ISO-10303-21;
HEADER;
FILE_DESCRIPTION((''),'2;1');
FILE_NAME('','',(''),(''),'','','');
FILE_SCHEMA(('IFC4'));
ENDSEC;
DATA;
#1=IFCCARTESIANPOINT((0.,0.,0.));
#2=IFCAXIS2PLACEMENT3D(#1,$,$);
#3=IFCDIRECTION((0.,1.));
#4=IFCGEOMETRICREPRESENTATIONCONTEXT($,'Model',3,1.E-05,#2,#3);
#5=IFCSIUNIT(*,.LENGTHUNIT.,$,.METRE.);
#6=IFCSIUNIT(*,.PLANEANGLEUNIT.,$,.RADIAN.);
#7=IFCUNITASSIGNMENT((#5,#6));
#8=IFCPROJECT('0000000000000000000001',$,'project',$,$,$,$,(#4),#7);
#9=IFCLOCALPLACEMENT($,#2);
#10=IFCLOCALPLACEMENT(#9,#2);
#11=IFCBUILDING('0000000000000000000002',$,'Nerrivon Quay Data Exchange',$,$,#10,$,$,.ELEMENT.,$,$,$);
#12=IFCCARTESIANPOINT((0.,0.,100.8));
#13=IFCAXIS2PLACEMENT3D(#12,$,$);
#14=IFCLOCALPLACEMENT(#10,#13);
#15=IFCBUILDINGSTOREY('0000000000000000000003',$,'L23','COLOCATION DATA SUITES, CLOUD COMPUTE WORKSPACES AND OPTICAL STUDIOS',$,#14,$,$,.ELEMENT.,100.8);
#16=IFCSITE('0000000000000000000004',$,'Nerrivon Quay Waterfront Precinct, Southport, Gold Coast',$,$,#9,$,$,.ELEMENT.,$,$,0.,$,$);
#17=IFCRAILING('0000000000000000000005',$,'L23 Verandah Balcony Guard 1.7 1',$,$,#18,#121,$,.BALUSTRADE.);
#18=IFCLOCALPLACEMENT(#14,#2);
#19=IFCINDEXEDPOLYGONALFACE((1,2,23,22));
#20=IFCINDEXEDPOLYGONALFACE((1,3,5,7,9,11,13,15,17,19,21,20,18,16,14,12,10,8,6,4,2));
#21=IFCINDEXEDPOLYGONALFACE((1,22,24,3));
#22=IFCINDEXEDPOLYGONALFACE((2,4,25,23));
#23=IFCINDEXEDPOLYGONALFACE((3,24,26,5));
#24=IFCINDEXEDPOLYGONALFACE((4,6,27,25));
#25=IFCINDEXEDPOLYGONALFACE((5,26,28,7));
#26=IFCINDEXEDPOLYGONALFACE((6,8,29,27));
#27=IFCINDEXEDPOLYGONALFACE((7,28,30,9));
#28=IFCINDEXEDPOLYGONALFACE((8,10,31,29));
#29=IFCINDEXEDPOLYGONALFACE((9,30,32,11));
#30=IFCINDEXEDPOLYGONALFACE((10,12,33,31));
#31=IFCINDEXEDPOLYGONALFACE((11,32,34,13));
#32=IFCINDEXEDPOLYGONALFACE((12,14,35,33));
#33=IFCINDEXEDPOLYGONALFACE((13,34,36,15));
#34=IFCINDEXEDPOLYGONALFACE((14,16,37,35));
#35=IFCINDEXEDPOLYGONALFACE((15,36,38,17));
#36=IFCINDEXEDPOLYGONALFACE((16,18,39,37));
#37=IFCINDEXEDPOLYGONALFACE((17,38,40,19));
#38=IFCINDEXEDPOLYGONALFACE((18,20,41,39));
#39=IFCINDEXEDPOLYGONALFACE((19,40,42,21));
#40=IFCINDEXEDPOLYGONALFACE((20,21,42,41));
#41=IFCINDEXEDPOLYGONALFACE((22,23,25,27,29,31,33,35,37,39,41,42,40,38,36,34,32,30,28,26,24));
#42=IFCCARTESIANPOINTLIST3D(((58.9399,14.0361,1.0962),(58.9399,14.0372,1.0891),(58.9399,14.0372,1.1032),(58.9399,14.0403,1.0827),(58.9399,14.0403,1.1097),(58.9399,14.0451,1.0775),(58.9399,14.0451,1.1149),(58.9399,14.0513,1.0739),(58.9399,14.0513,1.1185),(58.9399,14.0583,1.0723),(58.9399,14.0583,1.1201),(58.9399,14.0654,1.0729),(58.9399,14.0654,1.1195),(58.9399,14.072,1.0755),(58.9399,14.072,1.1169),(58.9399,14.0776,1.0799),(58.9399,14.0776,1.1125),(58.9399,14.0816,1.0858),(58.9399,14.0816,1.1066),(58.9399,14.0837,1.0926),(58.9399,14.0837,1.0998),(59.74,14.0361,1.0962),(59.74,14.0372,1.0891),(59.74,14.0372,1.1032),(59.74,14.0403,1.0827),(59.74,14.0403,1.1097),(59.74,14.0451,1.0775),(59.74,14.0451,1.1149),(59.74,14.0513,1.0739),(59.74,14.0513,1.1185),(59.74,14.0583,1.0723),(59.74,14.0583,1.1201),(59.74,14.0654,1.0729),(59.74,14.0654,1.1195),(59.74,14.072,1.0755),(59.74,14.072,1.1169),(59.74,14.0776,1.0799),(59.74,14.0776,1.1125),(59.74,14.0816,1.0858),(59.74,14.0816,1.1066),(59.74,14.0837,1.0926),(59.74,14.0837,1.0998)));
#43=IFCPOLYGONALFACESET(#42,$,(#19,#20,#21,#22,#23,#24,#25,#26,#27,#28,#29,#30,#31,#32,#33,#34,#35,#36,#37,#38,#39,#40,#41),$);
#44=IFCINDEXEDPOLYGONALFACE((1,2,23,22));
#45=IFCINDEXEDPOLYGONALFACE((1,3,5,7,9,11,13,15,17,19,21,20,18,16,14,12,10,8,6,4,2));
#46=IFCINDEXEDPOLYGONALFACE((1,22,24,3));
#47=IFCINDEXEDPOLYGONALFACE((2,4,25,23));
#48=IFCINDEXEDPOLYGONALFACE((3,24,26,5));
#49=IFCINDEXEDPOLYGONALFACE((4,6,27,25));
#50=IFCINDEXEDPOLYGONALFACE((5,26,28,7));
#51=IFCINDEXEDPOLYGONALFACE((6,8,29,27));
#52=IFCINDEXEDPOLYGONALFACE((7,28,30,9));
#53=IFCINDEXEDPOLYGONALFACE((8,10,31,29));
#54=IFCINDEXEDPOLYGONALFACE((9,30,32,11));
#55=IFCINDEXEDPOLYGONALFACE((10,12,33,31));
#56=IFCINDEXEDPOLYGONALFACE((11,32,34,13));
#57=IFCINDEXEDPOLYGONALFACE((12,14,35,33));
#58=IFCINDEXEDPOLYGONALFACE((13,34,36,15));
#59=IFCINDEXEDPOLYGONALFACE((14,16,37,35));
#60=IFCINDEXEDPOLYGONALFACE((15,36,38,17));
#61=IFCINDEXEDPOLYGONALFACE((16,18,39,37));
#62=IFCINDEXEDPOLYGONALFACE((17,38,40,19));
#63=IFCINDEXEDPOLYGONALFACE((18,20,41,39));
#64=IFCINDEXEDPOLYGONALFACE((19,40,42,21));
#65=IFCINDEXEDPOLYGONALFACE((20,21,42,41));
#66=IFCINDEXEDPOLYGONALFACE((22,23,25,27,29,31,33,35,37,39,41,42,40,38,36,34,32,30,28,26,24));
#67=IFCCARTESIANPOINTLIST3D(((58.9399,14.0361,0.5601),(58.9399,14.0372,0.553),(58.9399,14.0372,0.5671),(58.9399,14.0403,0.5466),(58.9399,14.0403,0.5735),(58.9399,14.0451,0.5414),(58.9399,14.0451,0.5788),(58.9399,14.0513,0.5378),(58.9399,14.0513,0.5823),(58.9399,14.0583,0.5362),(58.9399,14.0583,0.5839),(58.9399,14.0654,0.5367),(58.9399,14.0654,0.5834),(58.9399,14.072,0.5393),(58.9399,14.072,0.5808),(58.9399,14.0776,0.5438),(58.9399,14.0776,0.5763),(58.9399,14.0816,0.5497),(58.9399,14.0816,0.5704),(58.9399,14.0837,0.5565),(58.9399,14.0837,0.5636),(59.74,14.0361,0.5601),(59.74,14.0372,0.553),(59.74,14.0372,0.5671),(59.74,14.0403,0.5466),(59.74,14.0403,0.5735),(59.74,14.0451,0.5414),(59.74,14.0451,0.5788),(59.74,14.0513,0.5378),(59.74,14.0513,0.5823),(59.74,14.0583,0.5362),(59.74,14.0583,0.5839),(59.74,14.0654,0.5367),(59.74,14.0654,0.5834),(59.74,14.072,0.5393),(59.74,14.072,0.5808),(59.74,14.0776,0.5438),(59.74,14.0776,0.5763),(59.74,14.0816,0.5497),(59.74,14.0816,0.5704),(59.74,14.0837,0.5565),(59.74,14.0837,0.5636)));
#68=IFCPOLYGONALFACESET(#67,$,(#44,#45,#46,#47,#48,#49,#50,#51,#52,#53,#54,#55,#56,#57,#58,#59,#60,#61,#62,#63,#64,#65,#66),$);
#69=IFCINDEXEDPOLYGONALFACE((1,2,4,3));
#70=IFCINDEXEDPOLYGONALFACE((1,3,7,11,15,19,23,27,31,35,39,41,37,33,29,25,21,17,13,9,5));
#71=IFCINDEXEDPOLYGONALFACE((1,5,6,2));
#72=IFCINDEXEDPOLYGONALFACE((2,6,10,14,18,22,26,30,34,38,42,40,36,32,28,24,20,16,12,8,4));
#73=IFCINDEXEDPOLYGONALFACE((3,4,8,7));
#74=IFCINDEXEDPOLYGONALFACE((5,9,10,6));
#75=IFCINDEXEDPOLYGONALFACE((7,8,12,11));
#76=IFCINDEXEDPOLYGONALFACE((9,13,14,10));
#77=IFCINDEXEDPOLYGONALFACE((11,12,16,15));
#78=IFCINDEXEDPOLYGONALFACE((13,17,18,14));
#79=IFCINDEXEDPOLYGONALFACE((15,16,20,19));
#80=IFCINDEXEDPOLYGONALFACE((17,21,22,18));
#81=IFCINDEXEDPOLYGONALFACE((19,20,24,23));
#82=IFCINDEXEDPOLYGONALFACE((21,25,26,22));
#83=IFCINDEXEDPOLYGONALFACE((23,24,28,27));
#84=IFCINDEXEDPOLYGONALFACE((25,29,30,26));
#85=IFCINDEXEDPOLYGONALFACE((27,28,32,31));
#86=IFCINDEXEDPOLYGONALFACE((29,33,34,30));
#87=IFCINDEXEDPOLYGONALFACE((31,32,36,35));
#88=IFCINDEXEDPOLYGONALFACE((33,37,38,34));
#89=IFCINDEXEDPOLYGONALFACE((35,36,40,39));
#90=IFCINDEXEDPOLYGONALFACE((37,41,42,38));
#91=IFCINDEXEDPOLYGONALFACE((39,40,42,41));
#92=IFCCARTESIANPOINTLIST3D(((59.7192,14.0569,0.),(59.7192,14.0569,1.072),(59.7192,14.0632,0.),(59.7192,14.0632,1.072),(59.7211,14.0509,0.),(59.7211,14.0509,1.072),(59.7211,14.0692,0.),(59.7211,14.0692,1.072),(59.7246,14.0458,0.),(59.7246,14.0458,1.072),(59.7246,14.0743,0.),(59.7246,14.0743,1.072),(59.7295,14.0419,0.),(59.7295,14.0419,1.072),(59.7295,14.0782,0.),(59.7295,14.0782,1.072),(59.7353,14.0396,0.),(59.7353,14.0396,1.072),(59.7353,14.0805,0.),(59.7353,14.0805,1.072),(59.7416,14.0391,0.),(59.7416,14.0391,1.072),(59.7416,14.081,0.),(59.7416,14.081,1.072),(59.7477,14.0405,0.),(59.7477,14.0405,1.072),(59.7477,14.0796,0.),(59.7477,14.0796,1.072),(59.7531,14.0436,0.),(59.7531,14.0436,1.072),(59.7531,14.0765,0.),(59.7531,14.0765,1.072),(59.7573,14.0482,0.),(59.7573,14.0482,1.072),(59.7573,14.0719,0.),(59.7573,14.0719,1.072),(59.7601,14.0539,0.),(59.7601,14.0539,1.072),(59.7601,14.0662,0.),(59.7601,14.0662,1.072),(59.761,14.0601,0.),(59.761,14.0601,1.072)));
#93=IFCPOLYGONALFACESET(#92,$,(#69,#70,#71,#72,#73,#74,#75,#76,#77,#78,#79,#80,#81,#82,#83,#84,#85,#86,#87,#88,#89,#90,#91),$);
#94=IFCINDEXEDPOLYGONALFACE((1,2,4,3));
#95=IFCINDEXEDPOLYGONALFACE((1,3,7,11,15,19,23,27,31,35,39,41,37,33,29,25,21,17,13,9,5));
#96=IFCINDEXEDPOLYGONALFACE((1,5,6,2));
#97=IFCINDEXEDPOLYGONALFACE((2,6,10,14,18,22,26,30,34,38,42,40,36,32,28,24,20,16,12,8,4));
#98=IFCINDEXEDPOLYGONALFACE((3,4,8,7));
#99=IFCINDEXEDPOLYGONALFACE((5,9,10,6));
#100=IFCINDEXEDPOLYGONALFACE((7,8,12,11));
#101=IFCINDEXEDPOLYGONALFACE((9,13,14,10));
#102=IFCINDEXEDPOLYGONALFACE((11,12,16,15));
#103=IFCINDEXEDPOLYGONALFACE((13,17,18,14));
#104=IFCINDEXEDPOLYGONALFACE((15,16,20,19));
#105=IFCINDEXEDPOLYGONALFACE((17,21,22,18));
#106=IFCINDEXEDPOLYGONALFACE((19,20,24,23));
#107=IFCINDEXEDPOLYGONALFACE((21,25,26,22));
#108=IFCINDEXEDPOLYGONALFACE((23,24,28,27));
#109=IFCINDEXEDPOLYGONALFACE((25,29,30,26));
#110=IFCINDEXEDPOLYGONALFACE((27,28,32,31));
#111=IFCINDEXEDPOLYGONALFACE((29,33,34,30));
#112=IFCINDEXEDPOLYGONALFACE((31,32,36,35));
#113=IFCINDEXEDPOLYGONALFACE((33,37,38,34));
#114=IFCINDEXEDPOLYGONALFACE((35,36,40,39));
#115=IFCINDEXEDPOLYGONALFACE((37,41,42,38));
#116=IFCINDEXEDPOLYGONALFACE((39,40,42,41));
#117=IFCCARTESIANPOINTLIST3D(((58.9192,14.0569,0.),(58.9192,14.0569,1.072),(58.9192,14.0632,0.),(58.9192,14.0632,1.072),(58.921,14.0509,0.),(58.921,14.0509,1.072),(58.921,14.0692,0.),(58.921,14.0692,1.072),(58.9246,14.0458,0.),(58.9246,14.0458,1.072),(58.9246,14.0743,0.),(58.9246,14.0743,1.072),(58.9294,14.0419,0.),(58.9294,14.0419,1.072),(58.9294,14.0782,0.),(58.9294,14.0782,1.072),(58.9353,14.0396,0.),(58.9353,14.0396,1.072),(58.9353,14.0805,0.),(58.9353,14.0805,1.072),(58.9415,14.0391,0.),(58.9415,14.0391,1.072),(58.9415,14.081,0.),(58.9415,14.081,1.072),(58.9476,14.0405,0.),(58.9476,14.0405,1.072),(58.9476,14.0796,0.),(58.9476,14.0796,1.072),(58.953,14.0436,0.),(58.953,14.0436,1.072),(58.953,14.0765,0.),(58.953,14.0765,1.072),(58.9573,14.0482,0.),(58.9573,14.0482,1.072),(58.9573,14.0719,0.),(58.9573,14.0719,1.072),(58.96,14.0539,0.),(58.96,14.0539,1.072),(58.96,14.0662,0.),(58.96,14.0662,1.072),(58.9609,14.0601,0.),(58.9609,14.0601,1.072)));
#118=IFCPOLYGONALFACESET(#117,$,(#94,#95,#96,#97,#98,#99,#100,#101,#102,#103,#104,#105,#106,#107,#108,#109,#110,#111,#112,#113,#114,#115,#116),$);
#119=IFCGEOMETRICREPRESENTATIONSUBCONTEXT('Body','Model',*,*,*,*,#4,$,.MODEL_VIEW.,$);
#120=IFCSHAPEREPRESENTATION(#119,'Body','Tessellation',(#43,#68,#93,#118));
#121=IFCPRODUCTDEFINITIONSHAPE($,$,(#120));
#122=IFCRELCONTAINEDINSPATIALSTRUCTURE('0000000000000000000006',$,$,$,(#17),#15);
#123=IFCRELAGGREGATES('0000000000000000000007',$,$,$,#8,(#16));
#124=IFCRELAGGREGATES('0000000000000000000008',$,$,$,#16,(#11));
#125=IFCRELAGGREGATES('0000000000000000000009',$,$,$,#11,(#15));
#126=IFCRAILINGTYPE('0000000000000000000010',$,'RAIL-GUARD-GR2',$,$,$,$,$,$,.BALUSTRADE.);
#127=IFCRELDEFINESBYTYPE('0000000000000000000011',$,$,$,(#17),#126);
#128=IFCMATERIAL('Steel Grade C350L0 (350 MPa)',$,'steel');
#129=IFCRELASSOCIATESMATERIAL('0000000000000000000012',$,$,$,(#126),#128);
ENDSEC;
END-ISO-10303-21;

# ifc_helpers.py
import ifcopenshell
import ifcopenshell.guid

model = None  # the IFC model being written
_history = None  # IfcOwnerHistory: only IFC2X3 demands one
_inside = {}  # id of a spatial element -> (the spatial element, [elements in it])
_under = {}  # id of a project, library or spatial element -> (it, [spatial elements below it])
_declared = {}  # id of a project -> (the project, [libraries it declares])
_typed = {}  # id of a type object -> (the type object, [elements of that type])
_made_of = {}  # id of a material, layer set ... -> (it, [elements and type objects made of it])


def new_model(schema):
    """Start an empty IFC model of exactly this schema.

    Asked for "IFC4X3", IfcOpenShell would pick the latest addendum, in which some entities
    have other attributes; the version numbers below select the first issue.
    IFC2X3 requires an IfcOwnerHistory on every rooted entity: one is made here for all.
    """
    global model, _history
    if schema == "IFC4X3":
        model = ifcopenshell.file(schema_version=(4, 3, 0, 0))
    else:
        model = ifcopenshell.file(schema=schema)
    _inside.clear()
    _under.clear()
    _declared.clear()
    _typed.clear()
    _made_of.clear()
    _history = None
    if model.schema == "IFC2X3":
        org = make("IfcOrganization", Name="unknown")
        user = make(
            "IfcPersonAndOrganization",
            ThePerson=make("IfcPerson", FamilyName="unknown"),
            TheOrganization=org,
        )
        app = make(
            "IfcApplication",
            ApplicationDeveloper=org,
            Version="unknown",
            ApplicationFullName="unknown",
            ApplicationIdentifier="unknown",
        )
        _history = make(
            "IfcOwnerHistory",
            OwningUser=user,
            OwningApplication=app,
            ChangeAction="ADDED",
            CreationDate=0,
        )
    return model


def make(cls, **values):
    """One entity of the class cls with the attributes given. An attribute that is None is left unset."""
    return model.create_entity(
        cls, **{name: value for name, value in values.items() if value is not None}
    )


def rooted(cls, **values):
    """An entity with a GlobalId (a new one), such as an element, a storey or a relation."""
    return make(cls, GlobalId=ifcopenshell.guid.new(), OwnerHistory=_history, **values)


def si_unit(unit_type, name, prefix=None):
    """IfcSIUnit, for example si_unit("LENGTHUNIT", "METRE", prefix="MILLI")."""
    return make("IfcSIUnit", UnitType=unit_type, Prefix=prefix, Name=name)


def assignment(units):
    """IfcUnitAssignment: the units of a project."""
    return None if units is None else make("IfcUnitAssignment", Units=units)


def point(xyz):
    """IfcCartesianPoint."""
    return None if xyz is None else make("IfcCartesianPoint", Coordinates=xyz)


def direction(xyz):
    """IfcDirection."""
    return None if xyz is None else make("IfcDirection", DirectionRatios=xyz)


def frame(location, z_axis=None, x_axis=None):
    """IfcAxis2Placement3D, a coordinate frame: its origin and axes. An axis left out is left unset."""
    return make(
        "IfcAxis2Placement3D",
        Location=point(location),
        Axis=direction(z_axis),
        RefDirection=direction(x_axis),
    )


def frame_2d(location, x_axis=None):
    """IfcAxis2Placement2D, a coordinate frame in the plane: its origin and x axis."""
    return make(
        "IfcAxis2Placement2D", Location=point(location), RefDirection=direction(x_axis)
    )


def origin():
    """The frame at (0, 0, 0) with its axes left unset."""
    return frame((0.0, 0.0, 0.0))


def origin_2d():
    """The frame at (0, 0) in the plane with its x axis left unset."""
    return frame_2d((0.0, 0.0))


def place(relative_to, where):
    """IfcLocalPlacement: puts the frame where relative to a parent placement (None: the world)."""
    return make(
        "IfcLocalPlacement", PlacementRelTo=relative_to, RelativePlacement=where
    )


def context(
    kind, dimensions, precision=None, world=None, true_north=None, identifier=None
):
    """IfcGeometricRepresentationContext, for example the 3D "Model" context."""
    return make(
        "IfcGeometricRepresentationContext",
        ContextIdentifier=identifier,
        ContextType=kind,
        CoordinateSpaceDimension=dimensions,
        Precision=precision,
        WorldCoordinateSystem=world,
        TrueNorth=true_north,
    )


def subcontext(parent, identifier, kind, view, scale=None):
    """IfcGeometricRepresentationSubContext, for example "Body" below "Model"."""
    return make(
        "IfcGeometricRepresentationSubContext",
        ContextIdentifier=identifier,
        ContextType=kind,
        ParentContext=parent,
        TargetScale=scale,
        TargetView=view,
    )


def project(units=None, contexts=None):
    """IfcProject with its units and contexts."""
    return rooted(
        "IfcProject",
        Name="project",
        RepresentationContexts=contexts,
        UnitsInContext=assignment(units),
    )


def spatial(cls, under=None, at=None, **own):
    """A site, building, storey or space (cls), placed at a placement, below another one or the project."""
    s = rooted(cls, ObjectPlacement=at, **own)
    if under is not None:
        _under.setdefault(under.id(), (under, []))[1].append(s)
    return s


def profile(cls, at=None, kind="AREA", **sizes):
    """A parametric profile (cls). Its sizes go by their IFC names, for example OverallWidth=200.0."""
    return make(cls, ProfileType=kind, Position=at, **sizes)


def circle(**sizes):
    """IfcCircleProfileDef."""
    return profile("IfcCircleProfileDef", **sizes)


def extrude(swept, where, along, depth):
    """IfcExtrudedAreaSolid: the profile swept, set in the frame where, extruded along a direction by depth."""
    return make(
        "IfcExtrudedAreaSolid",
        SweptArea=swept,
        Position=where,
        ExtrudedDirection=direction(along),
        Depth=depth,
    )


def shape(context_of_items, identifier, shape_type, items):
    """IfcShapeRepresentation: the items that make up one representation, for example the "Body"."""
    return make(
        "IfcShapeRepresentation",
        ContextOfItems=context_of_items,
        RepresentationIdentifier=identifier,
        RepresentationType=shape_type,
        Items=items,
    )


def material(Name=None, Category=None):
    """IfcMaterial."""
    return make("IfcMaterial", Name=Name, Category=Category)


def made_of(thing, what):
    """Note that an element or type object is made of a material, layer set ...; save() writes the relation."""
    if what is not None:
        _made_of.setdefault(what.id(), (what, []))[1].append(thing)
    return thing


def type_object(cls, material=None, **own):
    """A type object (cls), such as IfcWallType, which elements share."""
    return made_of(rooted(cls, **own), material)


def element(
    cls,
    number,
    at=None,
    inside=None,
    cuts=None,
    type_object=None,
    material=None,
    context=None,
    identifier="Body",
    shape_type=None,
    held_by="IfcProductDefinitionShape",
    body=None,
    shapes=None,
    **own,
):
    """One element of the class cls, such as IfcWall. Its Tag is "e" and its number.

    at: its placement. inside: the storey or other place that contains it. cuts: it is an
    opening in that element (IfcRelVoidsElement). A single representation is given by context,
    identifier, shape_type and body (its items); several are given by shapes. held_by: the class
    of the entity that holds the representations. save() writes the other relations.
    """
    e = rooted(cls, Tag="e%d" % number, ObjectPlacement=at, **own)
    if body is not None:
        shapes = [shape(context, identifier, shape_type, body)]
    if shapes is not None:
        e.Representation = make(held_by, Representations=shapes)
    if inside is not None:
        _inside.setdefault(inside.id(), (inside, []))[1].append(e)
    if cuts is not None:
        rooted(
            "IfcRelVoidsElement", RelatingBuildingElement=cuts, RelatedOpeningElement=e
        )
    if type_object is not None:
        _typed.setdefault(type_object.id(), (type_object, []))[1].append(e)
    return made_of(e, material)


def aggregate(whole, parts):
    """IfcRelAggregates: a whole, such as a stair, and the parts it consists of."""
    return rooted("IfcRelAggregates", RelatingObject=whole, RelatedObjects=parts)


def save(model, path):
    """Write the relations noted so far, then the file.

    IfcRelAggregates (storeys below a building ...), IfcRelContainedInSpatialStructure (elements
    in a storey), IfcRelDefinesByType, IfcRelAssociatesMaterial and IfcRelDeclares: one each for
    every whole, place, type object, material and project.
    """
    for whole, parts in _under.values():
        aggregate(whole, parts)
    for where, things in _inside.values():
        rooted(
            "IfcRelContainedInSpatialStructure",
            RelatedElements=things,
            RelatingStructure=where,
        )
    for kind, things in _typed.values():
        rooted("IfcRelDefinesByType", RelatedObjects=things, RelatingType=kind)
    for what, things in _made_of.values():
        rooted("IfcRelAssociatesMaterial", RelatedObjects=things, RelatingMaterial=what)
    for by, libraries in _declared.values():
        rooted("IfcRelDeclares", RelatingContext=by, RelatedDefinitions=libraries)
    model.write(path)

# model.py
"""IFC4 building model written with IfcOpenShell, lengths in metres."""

from ifc_helpers import new_model, si_unit, direction, frame, origin, origin_2d, place, context, subcontext, project, spatial, circle, extrude, material, type_object, element, save


model = new_model("IFC4")

# Units and contexts
model_context = context("Model", 3, precision=1e-05, world=origin(), true_north=direction((0.0, 1.0)))
body_context = subcontext(model_context, "Body", "Model", "MODEL_VIEW")
ifc_project = project(units=[si_unit("LENGTHUNIT", "METRE"), si_unit("PLANEANGLEUNIT", "RADIAN")], contexts=[model_context])

# Site, building, storey
site_placement = place(None, origin())
site = spatial("IfcSite", under=ifc_project, at=site_placement, Name="Nerrivon Quay Waterfront Precinct, Southport, Gold Coast", CompositionType="ELEMENT", RefElevation=0.0)
building_placement = place(site_placement, origin())
building = spatial("IfcBuilding", under=site, at=building_placement, Name="Nerrivon Quay Data Exchange", CompositionType="ELEMENT")
storey_placement = place(building_placement, frame((0.0, 0.0, 100.8)))
storey = spatial("IfcBuildingStorey", under=building, at=storey_placement, Name="L23", Description="COLOCATION DATA SUITES, CLOUD COMPUTE WORKSPACES AND OPTICAL STUDIOS", CompositionType="ELEMENT", Elevation=100.8)

# Railing
ifc_material_1 = material(Name="Steel Grade C350L0 (350 MPa)", Category="steel")
railing_type = type_object("IfcRailingType", Name="RAIL-GUARD-GR2", PredefinedType="BALUSTRADE", material=ifc_material_1)
railing_1_placement = place(storey_placement, frame((59.74, 14.0601, 0.0)))
element("IfcRailing", 1, at=railing_1_placement, inside=storey, type_object=railing_type, Name="L23 Verandah Balcony Guard 1.7 1", PredefinedType="BALUSTRADE", context=body_context, shape_type="SweptSolid", body=[
    extrude(circle(Radius=0.0239, at=origin_2d()), frame((0.0, 0.0, 1.0962), z_axis=(-1.0, 0.0, 0.0), x_axis=(0.0, -1.0, 0.0)), (0.0, 0.0, 1.0), 0.8),
    extrude(circle(Radius=0.0239, at=origin_2d()), frame((0.0, 0.0, 0.5601), z_axis=(-1.0, 0.0, 0.0), x_axis=(0.0, -1.0, 0.0)), (0.0, 0.0, 1.0), 0.8),
    extrude(circle(Radius=0.021, at=origin_2d()), origin(), (0.0, 0.0, 1.0), 1.072),
    extrude(circle(Radius=0.021, at=origin_2d()), frame((-0.8, 0.0, 0.0)), (0.0, 0.0, 1.0), 1.072),
])

save(model, "model.ifc")
